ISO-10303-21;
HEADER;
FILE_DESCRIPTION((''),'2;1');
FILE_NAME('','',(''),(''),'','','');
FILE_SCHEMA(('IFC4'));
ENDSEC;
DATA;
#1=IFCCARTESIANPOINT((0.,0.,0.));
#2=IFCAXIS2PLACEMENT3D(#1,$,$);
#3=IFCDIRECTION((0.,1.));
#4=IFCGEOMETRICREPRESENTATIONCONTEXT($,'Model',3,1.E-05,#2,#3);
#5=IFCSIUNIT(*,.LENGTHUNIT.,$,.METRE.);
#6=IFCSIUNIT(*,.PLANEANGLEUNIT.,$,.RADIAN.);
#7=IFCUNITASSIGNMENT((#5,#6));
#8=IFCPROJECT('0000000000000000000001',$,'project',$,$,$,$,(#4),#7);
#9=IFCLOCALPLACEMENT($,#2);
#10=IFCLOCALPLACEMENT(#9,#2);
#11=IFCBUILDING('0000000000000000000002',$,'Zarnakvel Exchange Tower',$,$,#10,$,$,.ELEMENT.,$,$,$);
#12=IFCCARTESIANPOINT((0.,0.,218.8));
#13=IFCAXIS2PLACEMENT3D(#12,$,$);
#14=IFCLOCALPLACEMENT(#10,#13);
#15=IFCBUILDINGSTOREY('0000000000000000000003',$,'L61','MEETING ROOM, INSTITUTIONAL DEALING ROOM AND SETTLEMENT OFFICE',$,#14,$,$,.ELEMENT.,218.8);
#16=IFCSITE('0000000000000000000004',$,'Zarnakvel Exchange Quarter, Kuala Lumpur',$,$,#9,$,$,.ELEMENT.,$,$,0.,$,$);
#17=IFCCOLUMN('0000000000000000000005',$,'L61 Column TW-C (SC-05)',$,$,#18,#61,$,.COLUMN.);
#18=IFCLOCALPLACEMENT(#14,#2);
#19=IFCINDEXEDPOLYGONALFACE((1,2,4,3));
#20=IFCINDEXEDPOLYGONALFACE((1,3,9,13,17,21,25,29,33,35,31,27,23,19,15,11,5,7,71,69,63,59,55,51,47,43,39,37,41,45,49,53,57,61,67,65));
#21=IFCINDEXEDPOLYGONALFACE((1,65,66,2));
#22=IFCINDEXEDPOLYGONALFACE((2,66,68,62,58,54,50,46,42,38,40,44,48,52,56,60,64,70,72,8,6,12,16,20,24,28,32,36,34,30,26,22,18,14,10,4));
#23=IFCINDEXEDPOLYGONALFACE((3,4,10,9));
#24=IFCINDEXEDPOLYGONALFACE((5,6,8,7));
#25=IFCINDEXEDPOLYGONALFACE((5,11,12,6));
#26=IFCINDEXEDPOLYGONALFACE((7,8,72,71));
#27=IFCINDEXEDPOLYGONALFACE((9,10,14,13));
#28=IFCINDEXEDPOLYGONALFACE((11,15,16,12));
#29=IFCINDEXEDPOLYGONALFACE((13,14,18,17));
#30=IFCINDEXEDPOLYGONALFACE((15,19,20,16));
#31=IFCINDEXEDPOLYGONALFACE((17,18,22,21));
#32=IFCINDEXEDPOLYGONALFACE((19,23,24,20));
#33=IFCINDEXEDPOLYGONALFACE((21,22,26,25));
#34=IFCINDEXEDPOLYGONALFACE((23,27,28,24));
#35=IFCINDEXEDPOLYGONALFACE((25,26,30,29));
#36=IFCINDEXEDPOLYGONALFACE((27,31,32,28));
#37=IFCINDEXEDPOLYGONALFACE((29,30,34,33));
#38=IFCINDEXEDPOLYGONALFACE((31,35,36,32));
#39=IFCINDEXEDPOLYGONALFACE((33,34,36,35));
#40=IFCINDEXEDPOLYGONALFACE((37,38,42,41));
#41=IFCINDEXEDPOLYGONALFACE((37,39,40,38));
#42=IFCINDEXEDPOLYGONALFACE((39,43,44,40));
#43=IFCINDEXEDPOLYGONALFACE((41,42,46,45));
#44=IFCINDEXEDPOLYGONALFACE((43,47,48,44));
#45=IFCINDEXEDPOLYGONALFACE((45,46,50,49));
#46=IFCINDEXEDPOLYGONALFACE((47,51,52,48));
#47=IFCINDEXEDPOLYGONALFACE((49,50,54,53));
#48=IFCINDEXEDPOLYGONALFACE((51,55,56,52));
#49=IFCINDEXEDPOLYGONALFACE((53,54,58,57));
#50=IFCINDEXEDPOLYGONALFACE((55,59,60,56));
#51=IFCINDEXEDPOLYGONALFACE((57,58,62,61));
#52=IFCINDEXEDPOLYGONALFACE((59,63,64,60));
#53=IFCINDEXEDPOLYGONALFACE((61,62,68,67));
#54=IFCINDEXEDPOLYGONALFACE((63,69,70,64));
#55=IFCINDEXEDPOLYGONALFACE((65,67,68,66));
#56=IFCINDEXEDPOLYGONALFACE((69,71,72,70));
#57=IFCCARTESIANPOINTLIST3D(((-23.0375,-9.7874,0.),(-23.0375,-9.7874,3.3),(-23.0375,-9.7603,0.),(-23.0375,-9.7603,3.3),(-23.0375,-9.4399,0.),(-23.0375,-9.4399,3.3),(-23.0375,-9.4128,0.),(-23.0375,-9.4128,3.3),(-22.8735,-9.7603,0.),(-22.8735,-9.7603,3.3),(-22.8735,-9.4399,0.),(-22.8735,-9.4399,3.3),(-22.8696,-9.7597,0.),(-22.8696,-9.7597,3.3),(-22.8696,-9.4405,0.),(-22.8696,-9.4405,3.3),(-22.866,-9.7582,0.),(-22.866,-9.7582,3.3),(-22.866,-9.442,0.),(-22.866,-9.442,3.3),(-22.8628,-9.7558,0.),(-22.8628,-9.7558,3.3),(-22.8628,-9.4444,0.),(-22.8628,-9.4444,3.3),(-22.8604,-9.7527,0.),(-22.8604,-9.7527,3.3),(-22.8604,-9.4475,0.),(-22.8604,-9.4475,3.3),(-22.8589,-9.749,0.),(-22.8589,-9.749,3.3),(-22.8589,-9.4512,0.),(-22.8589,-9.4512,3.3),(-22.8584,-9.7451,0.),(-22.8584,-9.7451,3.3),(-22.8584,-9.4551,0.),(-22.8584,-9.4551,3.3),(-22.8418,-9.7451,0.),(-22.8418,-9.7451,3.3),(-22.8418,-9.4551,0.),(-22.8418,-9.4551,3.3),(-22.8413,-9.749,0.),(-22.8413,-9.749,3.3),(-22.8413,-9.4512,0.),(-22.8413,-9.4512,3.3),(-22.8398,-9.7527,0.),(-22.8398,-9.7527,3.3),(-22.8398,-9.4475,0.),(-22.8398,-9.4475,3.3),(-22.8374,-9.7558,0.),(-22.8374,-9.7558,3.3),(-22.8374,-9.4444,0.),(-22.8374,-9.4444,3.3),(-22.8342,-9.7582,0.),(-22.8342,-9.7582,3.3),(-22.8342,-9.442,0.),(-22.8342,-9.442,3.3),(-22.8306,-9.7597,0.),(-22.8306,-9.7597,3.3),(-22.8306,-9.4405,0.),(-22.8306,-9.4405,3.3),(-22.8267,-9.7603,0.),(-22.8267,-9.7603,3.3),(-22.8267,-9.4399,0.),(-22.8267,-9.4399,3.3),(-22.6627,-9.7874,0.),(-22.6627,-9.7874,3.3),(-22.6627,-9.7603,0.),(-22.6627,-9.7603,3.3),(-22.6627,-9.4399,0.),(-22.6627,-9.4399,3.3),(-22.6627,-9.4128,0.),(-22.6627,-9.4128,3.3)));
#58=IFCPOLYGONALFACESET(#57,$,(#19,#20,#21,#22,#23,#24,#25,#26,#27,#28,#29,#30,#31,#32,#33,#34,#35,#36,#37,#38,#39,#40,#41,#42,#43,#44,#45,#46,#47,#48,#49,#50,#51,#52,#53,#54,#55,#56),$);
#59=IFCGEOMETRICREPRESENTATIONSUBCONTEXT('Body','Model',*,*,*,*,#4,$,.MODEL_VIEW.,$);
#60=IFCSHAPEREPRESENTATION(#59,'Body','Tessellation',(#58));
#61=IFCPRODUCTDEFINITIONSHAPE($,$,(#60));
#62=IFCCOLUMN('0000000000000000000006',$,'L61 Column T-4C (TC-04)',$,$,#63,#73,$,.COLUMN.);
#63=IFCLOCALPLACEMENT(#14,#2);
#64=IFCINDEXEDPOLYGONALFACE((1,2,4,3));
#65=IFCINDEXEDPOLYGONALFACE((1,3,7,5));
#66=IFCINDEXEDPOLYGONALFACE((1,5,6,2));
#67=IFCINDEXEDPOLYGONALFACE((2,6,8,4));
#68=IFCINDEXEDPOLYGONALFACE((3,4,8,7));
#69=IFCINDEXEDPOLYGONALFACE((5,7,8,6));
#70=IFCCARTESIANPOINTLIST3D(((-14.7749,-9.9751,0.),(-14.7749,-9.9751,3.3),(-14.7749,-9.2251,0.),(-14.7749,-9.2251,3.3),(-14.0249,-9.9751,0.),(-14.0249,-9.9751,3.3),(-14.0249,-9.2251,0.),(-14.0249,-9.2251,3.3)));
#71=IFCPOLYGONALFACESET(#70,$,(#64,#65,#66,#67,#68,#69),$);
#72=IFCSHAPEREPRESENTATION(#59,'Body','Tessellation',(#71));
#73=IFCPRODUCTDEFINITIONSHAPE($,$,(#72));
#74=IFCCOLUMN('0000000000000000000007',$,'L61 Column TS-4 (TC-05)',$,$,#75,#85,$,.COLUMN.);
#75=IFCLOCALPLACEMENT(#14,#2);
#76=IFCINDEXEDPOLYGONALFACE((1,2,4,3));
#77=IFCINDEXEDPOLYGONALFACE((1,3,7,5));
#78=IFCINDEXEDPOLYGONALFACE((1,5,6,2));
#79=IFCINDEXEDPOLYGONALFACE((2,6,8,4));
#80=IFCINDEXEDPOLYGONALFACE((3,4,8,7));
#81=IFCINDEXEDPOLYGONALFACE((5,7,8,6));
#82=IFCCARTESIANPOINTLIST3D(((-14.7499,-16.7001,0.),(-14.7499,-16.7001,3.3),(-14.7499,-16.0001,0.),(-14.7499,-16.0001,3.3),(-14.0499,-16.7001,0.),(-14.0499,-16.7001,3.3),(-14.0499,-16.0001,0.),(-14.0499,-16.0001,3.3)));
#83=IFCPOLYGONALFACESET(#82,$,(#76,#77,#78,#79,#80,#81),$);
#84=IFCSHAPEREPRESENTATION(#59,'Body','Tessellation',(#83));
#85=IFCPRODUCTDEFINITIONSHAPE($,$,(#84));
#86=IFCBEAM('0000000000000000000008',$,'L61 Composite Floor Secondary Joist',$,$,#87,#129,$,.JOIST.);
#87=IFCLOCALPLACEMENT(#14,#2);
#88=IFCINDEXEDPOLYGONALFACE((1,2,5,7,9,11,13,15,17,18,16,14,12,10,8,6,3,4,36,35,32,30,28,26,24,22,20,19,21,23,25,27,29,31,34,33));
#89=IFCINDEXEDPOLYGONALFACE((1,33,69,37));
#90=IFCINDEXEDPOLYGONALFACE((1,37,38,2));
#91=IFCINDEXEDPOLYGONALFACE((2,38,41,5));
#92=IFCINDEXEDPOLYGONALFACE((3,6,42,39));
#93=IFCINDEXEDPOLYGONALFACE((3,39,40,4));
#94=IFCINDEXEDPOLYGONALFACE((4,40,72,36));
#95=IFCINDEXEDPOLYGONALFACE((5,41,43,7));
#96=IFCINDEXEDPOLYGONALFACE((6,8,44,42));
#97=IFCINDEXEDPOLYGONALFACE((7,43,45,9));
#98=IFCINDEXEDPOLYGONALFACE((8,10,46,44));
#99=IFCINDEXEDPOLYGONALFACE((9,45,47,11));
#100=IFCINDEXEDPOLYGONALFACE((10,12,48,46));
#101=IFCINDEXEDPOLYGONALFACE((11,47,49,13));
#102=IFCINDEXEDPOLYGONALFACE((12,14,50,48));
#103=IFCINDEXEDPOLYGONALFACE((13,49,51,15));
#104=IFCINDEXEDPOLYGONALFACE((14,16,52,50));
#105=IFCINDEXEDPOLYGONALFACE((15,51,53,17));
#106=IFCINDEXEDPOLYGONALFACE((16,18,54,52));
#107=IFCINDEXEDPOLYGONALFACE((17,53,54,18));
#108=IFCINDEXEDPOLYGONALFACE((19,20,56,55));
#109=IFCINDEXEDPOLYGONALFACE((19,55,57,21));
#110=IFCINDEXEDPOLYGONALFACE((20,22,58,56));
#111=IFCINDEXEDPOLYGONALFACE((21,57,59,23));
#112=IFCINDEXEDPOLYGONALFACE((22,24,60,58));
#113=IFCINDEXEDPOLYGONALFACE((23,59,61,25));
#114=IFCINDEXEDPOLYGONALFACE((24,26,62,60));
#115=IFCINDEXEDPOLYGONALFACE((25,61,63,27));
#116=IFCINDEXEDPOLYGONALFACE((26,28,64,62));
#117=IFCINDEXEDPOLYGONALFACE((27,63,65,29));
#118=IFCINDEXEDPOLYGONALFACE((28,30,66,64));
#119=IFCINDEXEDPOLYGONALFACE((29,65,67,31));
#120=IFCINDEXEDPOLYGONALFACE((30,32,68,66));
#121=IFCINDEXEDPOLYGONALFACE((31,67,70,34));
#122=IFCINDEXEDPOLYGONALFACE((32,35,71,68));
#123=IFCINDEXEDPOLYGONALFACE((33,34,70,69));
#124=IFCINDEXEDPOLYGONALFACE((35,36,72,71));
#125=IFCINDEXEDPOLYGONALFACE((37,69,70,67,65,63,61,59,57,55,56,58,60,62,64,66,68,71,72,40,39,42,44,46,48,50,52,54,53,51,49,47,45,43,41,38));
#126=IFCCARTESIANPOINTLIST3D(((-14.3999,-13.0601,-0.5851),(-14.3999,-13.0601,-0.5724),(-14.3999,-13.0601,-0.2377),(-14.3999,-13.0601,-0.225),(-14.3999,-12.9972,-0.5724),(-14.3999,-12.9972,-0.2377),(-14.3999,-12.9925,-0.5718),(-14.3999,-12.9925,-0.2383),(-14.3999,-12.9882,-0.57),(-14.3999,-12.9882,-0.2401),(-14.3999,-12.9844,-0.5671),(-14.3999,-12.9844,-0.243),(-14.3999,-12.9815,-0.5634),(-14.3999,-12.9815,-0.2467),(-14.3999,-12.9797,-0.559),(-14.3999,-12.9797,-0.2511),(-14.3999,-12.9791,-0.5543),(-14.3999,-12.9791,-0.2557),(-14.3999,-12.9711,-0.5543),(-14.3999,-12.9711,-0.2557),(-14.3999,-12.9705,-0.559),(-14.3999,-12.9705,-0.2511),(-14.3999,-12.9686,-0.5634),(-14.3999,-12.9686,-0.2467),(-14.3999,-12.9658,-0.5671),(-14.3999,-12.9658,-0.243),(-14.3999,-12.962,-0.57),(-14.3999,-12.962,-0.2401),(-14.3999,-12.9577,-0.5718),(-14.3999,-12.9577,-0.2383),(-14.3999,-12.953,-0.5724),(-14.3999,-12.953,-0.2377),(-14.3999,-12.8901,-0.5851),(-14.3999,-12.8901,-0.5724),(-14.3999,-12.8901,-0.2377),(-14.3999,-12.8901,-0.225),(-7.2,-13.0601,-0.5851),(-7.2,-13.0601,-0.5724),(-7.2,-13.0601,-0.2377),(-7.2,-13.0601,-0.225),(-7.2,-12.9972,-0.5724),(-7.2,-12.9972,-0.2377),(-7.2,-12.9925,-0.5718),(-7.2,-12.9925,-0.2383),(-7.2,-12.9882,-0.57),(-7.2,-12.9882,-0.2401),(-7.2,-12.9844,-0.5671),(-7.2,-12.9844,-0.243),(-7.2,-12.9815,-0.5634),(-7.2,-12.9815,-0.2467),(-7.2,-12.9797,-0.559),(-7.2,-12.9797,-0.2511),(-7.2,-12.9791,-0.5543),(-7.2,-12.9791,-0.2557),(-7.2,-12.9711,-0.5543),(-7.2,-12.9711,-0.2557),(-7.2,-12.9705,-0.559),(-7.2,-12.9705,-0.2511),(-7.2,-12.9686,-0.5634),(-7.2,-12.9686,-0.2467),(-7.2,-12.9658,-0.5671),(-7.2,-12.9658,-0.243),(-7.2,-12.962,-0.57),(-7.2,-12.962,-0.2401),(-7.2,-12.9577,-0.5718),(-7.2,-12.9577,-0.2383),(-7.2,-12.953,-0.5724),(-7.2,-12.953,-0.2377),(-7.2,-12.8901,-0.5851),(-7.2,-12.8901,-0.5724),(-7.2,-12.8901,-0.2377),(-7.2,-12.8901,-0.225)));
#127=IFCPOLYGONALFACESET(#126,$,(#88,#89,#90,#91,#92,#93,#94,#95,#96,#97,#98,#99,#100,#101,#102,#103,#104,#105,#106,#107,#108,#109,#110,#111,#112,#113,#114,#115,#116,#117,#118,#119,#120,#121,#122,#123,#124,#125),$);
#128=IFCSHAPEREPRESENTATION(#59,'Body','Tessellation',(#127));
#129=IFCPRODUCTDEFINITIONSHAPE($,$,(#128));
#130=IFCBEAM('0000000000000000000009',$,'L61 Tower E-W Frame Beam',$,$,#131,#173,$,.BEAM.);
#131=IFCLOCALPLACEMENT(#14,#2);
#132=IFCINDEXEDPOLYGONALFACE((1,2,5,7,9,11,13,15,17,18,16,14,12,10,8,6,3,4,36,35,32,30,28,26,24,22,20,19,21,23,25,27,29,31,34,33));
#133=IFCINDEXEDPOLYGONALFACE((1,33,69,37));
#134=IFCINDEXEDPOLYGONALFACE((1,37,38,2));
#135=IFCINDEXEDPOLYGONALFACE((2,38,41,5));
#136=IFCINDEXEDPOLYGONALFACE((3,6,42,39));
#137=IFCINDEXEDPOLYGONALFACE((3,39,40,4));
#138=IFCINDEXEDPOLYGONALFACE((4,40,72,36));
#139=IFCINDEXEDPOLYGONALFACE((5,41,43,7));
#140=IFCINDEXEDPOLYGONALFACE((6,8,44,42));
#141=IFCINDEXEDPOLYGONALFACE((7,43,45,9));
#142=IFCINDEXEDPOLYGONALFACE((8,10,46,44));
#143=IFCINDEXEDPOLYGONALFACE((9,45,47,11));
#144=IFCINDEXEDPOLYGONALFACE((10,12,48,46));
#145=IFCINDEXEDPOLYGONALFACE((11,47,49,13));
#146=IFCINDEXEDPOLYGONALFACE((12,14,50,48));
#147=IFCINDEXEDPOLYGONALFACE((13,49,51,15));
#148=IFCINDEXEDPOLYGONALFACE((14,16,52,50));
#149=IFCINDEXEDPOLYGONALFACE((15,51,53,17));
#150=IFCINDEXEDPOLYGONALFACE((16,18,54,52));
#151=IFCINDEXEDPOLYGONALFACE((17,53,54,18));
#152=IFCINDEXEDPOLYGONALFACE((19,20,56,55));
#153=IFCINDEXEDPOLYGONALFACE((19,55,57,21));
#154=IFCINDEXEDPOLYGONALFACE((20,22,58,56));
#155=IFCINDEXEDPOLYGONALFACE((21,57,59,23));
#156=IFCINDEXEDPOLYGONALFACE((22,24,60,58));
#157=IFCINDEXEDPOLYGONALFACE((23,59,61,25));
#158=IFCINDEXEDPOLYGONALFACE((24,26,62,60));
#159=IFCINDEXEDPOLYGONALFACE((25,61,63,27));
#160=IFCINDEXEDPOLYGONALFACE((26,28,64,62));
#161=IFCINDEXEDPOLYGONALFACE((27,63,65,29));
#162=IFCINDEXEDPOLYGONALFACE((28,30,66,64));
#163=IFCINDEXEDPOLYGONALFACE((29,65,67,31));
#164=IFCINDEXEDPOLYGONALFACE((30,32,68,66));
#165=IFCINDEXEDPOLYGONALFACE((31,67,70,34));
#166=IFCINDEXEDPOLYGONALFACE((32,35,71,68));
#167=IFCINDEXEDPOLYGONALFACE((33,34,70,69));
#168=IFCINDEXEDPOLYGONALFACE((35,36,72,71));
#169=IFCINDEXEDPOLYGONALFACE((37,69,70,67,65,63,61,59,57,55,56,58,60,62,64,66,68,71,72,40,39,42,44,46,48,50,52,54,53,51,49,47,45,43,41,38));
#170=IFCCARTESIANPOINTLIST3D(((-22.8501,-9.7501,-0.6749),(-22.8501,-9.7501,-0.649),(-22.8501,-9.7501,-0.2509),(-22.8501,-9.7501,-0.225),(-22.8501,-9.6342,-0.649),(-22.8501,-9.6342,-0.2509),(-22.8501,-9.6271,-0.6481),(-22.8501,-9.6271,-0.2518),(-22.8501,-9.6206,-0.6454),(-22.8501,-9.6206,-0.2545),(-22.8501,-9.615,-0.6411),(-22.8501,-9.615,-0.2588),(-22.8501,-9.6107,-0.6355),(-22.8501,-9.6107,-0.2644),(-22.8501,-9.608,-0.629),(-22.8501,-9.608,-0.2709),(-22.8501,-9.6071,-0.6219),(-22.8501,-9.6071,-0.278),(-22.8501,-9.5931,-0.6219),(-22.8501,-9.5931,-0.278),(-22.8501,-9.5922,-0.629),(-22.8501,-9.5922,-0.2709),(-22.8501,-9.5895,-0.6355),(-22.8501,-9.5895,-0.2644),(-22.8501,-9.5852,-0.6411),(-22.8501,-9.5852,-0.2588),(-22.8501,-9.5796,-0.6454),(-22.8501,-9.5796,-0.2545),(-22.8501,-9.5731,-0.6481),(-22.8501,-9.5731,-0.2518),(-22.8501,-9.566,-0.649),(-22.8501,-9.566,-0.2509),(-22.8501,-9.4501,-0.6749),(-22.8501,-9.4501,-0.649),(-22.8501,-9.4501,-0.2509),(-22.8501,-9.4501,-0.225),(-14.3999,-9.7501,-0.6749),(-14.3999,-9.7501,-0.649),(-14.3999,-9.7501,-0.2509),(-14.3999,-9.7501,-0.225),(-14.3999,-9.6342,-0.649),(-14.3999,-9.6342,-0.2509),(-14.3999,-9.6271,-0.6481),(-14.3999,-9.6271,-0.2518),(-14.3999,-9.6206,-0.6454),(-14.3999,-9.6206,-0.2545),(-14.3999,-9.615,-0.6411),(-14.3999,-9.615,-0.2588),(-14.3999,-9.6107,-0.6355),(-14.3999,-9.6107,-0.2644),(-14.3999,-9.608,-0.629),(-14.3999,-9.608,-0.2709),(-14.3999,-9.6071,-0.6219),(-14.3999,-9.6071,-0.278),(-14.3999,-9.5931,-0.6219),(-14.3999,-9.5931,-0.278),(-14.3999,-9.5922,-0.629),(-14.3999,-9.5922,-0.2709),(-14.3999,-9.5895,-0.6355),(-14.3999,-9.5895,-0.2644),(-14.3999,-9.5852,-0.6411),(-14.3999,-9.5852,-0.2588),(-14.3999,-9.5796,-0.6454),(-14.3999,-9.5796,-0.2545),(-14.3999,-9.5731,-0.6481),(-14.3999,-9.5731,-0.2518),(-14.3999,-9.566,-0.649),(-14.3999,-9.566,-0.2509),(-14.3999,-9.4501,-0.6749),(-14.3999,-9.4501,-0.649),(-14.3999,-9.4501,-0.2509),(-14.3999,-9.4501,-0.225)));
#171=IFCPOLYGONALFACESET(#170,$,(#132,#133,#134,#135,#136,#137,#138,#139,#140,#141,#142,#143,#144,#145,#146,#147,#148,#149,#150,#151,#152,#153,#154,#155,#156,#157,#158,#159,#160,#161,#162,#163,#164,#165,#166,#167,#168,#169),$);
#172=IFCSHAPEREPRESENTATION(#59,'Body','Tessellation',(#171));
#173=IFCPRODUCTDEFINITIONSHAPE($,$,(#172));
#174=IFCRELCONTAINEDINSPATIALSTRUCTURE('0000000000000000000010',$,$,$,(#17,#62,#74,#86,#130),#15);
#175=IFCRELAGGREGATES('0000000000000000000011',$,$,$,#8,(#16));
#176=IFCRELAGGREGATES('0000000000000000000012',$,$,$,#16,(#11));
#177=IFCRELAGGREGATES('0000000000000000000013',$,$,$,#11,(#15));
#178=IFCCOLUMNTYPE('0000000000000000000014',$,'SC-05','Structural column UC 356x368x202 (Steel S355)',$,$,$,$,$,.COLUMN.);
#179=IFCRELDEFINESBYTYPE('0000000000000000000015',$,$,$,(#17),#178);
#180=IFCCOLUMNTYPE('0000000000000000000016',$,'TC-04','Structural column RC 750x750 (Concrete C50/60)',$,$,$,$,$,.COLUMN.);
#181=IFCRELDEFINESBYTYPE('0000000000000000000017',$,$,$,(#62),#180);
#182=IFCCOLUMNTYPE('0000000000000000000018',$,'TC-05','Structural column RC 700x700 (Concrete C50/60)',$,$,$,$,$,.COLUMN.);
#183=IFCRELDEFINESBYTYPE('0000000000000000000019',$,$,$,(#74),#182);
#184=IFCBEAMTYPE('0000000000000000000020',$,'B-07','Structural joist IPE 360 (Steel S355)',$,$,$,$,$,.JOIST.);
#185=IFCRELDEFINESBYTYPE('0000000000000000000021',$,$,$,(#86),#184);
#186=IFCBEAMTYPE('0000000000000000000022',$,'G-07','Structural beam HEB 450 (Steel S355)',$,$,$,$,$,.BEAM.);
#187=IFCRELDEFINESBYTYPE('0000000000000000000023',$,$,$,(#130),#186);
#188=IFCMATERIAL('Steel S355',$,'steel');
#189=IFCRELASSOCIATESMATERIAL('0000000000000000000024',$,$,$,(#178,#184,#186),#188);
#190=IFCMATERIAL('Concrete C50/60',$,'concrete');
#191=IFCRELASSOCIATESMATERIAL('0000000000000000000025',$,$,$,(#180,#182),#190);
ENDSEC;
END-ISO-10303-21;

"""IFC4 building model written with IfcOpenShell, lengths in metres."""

from ifc_helpers import new_model, si_unit, direction, frame, origin, origin_2d, place, context, subcontext, project, spatial, rectangle, i_section, extrude, material, material_profile, profile_set, type_object, element, save


model = new_model("IFC4")

# Units and contexts
model_context = context("Model", 3, precision=1e-05, world=origin(), true_north=direction((0.0, 1.0)))
body_context = subcontext(model_context, "Body", "Model", "MODEL_VIEW")
ifc_project = project(units=[si_unit("LENGTHUNIT", "METRE"), si_unit("PLANEANGLEUNIT", "RADIAN")], contexts=[model_context])

# Site, building, storey
site_placement = place(None, origin())
site = spatial("IfcSite", under=ifc_project, at=site_placement, Name="Zarnakvel Exchange Quarter, Kuala Lumpur", CompositionType="ELEMENT", RefElevation=0.0)
building_placement = place(site_placement, origin())
building = spatial("IfcBuilding", under=site, at=building_placement, Name="Zarnakvel Exchange Tower", CompositionType="ELEMENT")
storey_placement = place(building_placement, frame((0.0, 0.0, 218.8)))
storey = spatial("IfcBuildingStorey", under=building, at=storey_placement, Name="L61", Description="MEETING ROOM, INSTITUTIONAL DEALING ROOM AND SETTLEMENT OFFICE", CompositionType="ELEMENT", Elevation=218.8)

# Columns
ifc_material_1 = material(Name="Steel S355", Category="steel")
ifc_material_profile_1 = material_profile(ifc_material_1, i_section(OverallWidth=0.3748, OverallDepth=0.3745, WebThickness=0.0166, FlangeThickness=0.0271, FilletRadius=0.0151, at=origin_2d()))
ifc_profile_set_1 = profile_set([ifc_material_profile_1], Name="Steel S355")
column_type_1 = type_object("IfcColumnType", Name="SC-05", Description="Structural column UC 356x368x202 (Steel S355)", PredefinedType="COLUMN", material=ifc_profile_set_1)
column_1_placement = place(storey_placement, frame((-22.8501, -9.6001, 0.0), z_axis=(0.0, 0.0, 1.0), x_axis=(1.0, 0.0, 0.0)))
element("IfcColumn", 1, at=column_1_placement, inside=storey, type_object=column_type_1, Name="L61 Column TW-C (SC-05)", PredefinedType="COLUMN", context=body_context, shape_type="SweptSolid", body=[
    extrude(i_section(OverallWidth=0.3748, OverallDepth=0.3745, WebThickness=0.0166, FlangeThickness=0.0271, FilletRadius=0.0151, at=origin_2d()), origin(), (0.0, 0.0, 1.0), 3.3),
])
ifc_material_2 = material(Name="Concrete C50/60", Category="concrete")
ifc_material_profile_2 = material_profile(ifc_material_2, rectangle(XDim=0.75, YDim=0.75, at=origin_2d()))
ifc_profile_set_2 = profile_set([ifc_material_profile_2], Name="Concrete C50/60")
column_type_2 = type_object("IfcColumnType", Name="TC-04", Description="Structural column RC 750x750 (Concrete C50/60)", PredefinedType="COLUMN", material=ifc_profile_set_2)
column_2_placement = place(storey_placement, frame((-14.3999, -9.6001, 0.0), z_axis=(0.0, 0.0, 1.0), x_axis=(1.0, 0.0, 0.0)))
element("IfcColumn", 2, at=column_2_placement, inside=storey, type_object=column_type_2, Name="L61 Column T-4C (TC-04)", PredefinedType="COLUMN", context=body_context, shape_type="SweptSolid", body=[
    extrude(rectangle(XDim=0.75, YDim=0.75, at=origin_2d()), origin(), (0.0, 0.0, 1.0), 3.3),
])
ifc_material_profile_3 = material_profile(ifc_material_2, rectangle(XDim=0.7, YDim=0.7, at=origin_2d()))
ifc_profile_set_3 = profile_set([ifc_material_profile_3], Name="Concrete C50/60")
column_type_3 = type_object("IfcColumnType", Name="TC-05", Description="Structural column RC 700x700 (Concrete C50/60)", PredefinedType="COLUMN", material=ifc_profile_set_3)
column_3_placement = place(storey_placement, frame((-14.3999, -16.3501, 0.0), z_axis=(0.0, 0.0, 1.0), x_axis=(1.0, 0.0, 0.0)))
element("IfcColumn", 3, at=column_3_placement, inside=storey, type_object=column_type_3, Name="L61 Column TS-4 (TC-05)", PredefinedType="COLUMN", context=body_context, shape_type="SweptSolid", body=[
    extrude(rectangle(XDim=0.7, YDim=0.7, at=origin_2d()), origin(), (0.0, 0.0, 1.0), 3.3),
])

# Beams
ifc_material_profile_4 = material_profile(ifc_material_1, i_section(OverallWidth=0.1699, OverallDepth=0.3601, WebThickness=0.0081, FlangeThickness=0.0127, FilletRadius=0.0181, at=origin_2d()))
ifc_profile_set_4 = profile_set([ifc_material_profile_4], Name="Steel S355")
beam_type_1 = type_object("IfcBeamType", Name="B-07", Description="Structural joist IPE 360 (Steel S355)", PredefinedType="JOIST", material=ifc_profile_set_4)
beam_1_placement = place(storey_placement, frame((-14.3999, -12.9751, -0.405), z_axis=(1.0, 0.0, 0.0), x_axis=(0.0, 1.0, 0.0)))
element("IfcBeam", 4, at=beam_1_placement, inside=storey, type_object=beam_type_1, Name="L61 Composite Floor Secondary Joist", PredefinedType="JOIST", context=body_context, shape_type="SweptSolid", body=[
    extrude(i_section(OverallWidth=0.1699, OverallDepth=0.3601, WebThickness=0.0081, FlangeThickness=0.0127, FilletRadius=0.0181, at=origin_2d()), origin(), (0.0, 0.0, 1.0), 7.2),
])
ifc_material_profile_5 = material_profile(ifc_material_1, i_section(OverallWidth=0.3, OverallDepth=0.45, WebThickness=0.0139, FlangeThickness=0.0259, FilletRadius=0.0271, at=origin_2d()))
ifc_profile_set_5 = profile_set([ifc_material_profile_5], Name="Steel S355")
beam_type_2 = type_object("IfcBeamType", Name="G-07", Description="Structural beam HEB 450 (Steel S355)", PredefinedType="BEAM", material=ifc_profile_set_5)
beam_2_placement = place(storey_placement, frame((-22.8501, -9.6001, -0.45), z_axis=(1.0, 0.0, 0.0), x_axis=(0.0, 1.0, 0.0)))
element("IfcBeam", 5, at=beam_2_placement, inside=storey, type_object=beam_type_2, Name="L61 Tower E-W Frame Beam", PredefinedType="BEAM", context=body_context, shape_type="SweptSolid", body=[
    extrude(i_section(OverallWidth=0.3, OverallDepth=0.45, WebThickness=0.0139, FlangeThickness=0.0259, FilletRadius=0.0271, at=origin_2d()), origin(), (0.0, 0.0, 1.0), 8.4502),
])

save(model, "model.ifc")
